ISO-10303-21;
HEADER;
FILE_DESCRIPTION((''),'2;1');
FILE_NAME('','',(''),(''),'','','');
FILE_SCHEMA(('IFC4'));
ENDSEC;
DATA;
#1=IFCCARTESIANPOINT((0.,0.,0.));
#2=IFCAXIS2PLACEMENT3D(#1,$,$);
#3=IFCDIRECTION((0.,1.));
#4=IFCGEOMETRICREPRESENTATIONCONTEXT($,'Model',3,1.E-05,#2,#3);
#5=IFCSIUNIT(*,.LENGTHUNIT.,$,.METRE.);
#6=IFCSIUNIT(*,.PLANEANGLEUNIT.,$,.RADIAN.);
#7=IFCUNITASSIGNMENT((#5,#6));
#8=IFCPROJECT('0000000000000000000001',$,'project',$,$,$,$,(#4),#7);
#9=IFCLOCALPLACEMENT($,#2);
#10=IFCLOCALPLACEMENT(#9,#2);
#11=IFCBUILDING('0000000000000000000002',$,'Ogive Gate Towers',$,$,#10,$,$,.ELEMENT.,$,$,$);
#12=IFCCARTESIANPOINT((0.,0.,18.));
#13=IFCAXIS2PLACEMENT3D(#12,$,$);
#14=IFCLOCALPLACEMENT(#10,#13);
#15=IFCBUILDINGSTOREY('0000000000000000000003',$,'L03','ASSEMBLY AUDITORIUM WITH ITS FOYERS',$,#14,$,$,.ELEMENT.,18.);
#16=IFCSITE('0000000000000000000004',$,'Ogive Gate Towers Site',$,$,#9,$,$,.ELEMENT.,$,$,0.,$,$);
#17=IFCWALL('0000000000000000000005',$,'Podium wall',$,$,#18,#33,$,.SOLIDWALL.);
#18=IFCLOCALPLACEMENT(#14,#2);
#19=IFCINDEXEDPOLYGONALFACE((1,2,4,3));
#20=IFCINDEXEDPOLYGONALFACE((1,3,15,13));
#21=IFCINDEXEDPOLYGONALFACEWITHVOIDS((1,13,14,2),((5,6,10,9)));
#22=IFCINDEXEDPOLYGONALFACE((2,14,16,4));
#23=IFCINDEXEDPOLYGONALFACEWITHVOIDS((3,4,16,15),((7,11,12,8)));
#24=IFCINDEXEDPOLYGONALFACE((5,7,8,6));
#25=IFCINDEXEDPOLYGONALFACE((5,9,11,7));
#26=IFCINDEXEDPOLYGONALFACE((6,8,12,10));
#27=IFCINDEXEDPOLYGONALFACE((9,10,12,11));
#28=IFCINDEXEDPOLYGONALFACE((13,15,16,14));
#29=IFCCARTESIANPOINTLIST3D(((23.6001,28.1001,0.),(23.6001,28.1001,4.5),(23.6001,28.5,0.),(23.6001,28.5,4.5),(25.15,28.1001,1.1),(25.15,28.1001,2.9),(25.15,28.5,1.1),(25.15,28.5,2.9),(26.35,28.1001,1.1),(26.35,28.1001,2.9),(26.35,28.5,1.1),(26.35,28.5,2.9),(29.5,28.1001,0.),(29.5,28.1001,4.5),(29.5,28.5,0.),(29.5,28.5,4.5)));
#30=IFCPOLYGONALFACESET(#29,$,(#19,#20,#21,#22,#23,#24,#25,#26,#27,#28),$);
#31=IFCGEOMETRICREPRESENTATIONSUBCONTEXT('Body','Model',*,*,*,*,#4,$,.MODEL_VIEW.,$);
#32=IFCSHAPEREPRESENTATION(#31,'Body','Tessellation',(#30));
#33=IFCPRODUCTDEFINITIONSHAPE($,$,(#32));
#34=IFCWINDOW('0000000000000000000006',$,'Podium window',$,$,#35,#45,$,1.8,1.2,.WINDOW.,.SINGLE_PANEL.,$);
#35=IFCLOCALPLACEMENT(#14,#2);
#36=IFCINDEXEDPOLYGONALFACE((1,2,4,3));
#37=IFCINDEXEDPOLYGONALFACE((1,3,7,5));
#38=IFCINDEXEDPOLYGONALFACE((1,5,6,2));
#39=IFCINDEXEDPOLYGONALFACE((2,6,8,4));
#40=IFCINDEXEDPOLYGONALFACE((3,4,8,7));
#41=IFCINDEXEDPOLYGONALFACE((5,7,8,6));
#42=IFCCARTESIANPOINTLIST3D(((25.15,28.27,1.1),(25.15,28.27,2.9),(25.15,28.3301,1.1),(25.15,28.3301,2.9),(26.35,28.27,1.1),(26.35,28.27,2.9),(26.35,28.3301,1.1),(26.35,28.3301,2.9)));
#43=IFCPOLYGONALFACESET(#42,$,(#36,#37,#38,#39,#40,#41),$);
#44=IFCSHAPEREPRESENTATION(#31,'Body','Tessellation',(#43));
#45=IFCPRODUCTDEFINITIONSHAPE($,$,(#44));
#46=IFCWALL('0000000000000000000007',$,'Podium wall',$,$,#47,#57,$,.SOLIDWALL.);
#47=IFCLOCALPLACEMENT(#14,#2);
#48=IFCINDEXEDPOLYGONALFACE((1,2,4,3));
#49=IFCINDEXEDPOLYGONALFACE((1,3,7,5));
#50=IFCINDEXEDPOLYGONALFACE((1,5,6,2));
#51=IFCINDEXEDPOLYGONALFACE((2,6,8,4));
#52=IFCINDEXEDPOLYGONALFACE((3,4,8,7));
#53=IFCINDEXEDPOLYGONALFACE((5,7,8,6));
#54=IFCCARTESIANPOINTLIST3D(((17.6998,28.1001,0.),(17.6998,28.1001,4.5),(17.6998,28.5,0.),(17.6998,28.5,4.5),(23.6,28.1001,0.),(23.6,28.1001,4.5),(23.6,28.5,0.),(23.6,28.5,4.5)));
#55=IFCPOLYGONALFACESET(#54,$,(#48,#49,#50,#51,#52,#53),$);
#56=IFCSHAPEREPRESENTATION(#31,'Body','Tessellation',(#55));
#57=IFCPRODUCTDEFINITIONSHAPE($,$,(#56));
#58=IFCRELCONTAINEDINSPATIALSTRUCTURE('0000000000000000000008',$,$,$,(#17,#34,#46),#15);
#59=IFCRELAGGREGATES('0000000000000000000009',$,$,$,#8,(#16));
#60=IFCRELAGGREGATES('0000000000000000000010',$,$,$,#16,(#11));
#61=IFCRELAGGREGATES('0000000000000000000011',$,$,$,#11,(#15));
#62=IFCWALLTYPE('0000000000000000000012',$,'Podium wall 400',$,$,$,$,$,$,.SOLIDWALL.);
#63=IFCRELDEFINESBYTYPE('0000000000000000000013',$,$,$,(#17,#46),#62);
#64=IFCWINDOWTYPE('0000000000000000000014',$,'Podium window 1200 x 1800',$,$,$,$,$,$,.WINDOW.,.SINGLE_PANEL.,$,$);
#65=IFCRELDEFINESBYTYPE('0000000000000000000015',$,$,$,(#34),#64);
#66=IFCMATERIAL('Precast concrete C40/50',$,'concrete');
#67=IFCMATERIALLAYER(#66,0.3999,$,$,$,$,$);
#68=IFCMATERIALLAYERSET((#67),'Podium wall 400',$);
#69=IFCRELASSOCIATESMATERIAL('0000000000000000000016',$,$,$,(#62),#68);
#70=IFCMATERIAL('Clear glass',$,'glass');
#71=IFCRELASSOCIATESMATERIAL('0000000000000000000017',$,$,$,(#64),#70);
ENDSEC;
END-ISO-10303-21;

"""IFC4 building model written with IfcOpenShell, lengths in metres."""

from ifc_helpers import new_model, si_unit, direction, frame, frame_2d, origin, place, context, subcontext, project, spatial, rectangle, extrude, material, layer, layer_set, type_object, element, fill, save


model = new_model("IFC4")

# Units and contexts
model_context = context("Model", 3, precision=1e-05, world=origin(), true_north=direction((0.0, 1.0)))
body_context = subcontext(model_context, "Body", "Model", "MODEL_VIEW")
ifc_project = project(units=[si_unit("LENGTHUNIT", "METRE"), si_unit("PLANEANGLEUNIT", "RADIAN")], contexts=[model_context])

# Site, building, storey
site_placement = place(None, origin())
site = spatial("IfcSite", under=ifc_project, at=site_placement, Name="Ogive Gate Towers Site", CompositionType="ELEMENT", RefElevation=0.0)
building_placement = place(site_placement, origin())
building = spatial("IfcBuilding", under=site, at=building_placement, Name="Ogive Gate Towers", CompositionType="ELEMENT")
storey_placement = place(building_placement, frame((0.0, 0.0, 18.0)))
storey = spatial("IfcBuildingStorey", under=building, at=storey_placement, Name="L03", Description="ASSEMBLY AUDITORIUM WITH ITS FOYERS", CompositionType="ELEMENT", Elevation=18.0)

# Shared definitions
ifc_material_1 = material(Name="Precast concrete C40/50", Category="concrete")
ifc_layer = layer(ifc_material_1, 0.3999)
ifc_layer_set = layer_set([ifc_layer], Name="Podium wall 400")
wall_type = type_object("IfcWallType", Name="Podium wall 400", PredefinedType="SOLIDWALL", material=ifc_layer_set)

# Wall, opening, window
wall_1_placement = place(storey_placement, frame((29.5, 28.3, 0.0), z_axis=(0.0, 0.0, 1.0), x_axis=(-1.0, 0.0, 0.0)))
wall_1 = element("IfcWall", 1, at=wall_1_placement, inside=storey, type_object=wall_type, Name="Podium wall", PredefinedType="SOLIDWALL", context=body_context, shape_type="SweptSolid", body=[
    extrude(rectangle(XDim=5.8999, YDim=0.3999, at=frame_2d((2.95, 0.0))), origin(), (0.0, 0.0, 1.0), 4.5),
])
opening_1_placement = place(wall_1_placement, frame((3.1499, 0.0, 1.1001)))
opening_1 = element("IfcOpeningElement", 2, at=opening_1_placement, cuts=wall_1, PredefinedType="OPENING", context=body_context, shape_type="SweptSolid", body=[
    extrude(rectangle(XDim=1.2, YDim=1.8, at=frame_2d((0.6001, 0.8999))), frame((0.0, 0.21, 0.0), z_axis=(0.0, -1.0, 0.0), x_axis=(1.0, 0.0, 0.0)), (0.0, 0.0, 1.0), 0.4199),
])
ifc_material_2 = material(Name="Clear glass", Category="glass")
window_type = type_object("IfcWindowType", Name="Podium window 1200 x 1800", PartitioningType="SINGLE_PANEL", PredefinedType="WINDOW", material=ifc_material_2)
window_placement = place(opening_1_placement, origin())
window = element("IfcWindow", 3, at=window_placement, inside=storey, type_object=window_type, Name="Podium window", OverallHeight=1.8, OverallWidth=1.2, PartitioningType="SINGLE_PANEL", PredefinedType="WINDOW", context=body_context, shape_type="SweptSolid", body=[
    extrude(rectangle(XDim=1.2, YDim=1.8, at=frame_2d((0.6001, 0.8999))), frame((0.0, 0.03, 0.0), z_axis=(0.0, -1.0, 0.0), x_axis=(1.0, 0.0, 0.0)), (0.0, 0.0, 1.0), 0.0601),
])
fill(opening_1, window)

# Wall
wall_2_placement = place(storey_placement, frame((23.6001, 28.3, 0.0), z_axis=(0.0, 0.0, 1.0), x_axis=(-1.0, 0.0, 0.0)))
element("IfcWall", 4, at=wall_2_placement, inside=storey, type_object=wall_type, Name="Podium wall", PredefinedType="SOLIDWALL", context=body_context, shape_type="SweptSolid", body=[
    extrude(rectangle(XDim=5.9001, YDim=0.3999, at=frame_2d((2.9502, 0.0))), origin(), (0.0, 0.0, 1.0), 4.5),
])

save(model, "model.ifc")
